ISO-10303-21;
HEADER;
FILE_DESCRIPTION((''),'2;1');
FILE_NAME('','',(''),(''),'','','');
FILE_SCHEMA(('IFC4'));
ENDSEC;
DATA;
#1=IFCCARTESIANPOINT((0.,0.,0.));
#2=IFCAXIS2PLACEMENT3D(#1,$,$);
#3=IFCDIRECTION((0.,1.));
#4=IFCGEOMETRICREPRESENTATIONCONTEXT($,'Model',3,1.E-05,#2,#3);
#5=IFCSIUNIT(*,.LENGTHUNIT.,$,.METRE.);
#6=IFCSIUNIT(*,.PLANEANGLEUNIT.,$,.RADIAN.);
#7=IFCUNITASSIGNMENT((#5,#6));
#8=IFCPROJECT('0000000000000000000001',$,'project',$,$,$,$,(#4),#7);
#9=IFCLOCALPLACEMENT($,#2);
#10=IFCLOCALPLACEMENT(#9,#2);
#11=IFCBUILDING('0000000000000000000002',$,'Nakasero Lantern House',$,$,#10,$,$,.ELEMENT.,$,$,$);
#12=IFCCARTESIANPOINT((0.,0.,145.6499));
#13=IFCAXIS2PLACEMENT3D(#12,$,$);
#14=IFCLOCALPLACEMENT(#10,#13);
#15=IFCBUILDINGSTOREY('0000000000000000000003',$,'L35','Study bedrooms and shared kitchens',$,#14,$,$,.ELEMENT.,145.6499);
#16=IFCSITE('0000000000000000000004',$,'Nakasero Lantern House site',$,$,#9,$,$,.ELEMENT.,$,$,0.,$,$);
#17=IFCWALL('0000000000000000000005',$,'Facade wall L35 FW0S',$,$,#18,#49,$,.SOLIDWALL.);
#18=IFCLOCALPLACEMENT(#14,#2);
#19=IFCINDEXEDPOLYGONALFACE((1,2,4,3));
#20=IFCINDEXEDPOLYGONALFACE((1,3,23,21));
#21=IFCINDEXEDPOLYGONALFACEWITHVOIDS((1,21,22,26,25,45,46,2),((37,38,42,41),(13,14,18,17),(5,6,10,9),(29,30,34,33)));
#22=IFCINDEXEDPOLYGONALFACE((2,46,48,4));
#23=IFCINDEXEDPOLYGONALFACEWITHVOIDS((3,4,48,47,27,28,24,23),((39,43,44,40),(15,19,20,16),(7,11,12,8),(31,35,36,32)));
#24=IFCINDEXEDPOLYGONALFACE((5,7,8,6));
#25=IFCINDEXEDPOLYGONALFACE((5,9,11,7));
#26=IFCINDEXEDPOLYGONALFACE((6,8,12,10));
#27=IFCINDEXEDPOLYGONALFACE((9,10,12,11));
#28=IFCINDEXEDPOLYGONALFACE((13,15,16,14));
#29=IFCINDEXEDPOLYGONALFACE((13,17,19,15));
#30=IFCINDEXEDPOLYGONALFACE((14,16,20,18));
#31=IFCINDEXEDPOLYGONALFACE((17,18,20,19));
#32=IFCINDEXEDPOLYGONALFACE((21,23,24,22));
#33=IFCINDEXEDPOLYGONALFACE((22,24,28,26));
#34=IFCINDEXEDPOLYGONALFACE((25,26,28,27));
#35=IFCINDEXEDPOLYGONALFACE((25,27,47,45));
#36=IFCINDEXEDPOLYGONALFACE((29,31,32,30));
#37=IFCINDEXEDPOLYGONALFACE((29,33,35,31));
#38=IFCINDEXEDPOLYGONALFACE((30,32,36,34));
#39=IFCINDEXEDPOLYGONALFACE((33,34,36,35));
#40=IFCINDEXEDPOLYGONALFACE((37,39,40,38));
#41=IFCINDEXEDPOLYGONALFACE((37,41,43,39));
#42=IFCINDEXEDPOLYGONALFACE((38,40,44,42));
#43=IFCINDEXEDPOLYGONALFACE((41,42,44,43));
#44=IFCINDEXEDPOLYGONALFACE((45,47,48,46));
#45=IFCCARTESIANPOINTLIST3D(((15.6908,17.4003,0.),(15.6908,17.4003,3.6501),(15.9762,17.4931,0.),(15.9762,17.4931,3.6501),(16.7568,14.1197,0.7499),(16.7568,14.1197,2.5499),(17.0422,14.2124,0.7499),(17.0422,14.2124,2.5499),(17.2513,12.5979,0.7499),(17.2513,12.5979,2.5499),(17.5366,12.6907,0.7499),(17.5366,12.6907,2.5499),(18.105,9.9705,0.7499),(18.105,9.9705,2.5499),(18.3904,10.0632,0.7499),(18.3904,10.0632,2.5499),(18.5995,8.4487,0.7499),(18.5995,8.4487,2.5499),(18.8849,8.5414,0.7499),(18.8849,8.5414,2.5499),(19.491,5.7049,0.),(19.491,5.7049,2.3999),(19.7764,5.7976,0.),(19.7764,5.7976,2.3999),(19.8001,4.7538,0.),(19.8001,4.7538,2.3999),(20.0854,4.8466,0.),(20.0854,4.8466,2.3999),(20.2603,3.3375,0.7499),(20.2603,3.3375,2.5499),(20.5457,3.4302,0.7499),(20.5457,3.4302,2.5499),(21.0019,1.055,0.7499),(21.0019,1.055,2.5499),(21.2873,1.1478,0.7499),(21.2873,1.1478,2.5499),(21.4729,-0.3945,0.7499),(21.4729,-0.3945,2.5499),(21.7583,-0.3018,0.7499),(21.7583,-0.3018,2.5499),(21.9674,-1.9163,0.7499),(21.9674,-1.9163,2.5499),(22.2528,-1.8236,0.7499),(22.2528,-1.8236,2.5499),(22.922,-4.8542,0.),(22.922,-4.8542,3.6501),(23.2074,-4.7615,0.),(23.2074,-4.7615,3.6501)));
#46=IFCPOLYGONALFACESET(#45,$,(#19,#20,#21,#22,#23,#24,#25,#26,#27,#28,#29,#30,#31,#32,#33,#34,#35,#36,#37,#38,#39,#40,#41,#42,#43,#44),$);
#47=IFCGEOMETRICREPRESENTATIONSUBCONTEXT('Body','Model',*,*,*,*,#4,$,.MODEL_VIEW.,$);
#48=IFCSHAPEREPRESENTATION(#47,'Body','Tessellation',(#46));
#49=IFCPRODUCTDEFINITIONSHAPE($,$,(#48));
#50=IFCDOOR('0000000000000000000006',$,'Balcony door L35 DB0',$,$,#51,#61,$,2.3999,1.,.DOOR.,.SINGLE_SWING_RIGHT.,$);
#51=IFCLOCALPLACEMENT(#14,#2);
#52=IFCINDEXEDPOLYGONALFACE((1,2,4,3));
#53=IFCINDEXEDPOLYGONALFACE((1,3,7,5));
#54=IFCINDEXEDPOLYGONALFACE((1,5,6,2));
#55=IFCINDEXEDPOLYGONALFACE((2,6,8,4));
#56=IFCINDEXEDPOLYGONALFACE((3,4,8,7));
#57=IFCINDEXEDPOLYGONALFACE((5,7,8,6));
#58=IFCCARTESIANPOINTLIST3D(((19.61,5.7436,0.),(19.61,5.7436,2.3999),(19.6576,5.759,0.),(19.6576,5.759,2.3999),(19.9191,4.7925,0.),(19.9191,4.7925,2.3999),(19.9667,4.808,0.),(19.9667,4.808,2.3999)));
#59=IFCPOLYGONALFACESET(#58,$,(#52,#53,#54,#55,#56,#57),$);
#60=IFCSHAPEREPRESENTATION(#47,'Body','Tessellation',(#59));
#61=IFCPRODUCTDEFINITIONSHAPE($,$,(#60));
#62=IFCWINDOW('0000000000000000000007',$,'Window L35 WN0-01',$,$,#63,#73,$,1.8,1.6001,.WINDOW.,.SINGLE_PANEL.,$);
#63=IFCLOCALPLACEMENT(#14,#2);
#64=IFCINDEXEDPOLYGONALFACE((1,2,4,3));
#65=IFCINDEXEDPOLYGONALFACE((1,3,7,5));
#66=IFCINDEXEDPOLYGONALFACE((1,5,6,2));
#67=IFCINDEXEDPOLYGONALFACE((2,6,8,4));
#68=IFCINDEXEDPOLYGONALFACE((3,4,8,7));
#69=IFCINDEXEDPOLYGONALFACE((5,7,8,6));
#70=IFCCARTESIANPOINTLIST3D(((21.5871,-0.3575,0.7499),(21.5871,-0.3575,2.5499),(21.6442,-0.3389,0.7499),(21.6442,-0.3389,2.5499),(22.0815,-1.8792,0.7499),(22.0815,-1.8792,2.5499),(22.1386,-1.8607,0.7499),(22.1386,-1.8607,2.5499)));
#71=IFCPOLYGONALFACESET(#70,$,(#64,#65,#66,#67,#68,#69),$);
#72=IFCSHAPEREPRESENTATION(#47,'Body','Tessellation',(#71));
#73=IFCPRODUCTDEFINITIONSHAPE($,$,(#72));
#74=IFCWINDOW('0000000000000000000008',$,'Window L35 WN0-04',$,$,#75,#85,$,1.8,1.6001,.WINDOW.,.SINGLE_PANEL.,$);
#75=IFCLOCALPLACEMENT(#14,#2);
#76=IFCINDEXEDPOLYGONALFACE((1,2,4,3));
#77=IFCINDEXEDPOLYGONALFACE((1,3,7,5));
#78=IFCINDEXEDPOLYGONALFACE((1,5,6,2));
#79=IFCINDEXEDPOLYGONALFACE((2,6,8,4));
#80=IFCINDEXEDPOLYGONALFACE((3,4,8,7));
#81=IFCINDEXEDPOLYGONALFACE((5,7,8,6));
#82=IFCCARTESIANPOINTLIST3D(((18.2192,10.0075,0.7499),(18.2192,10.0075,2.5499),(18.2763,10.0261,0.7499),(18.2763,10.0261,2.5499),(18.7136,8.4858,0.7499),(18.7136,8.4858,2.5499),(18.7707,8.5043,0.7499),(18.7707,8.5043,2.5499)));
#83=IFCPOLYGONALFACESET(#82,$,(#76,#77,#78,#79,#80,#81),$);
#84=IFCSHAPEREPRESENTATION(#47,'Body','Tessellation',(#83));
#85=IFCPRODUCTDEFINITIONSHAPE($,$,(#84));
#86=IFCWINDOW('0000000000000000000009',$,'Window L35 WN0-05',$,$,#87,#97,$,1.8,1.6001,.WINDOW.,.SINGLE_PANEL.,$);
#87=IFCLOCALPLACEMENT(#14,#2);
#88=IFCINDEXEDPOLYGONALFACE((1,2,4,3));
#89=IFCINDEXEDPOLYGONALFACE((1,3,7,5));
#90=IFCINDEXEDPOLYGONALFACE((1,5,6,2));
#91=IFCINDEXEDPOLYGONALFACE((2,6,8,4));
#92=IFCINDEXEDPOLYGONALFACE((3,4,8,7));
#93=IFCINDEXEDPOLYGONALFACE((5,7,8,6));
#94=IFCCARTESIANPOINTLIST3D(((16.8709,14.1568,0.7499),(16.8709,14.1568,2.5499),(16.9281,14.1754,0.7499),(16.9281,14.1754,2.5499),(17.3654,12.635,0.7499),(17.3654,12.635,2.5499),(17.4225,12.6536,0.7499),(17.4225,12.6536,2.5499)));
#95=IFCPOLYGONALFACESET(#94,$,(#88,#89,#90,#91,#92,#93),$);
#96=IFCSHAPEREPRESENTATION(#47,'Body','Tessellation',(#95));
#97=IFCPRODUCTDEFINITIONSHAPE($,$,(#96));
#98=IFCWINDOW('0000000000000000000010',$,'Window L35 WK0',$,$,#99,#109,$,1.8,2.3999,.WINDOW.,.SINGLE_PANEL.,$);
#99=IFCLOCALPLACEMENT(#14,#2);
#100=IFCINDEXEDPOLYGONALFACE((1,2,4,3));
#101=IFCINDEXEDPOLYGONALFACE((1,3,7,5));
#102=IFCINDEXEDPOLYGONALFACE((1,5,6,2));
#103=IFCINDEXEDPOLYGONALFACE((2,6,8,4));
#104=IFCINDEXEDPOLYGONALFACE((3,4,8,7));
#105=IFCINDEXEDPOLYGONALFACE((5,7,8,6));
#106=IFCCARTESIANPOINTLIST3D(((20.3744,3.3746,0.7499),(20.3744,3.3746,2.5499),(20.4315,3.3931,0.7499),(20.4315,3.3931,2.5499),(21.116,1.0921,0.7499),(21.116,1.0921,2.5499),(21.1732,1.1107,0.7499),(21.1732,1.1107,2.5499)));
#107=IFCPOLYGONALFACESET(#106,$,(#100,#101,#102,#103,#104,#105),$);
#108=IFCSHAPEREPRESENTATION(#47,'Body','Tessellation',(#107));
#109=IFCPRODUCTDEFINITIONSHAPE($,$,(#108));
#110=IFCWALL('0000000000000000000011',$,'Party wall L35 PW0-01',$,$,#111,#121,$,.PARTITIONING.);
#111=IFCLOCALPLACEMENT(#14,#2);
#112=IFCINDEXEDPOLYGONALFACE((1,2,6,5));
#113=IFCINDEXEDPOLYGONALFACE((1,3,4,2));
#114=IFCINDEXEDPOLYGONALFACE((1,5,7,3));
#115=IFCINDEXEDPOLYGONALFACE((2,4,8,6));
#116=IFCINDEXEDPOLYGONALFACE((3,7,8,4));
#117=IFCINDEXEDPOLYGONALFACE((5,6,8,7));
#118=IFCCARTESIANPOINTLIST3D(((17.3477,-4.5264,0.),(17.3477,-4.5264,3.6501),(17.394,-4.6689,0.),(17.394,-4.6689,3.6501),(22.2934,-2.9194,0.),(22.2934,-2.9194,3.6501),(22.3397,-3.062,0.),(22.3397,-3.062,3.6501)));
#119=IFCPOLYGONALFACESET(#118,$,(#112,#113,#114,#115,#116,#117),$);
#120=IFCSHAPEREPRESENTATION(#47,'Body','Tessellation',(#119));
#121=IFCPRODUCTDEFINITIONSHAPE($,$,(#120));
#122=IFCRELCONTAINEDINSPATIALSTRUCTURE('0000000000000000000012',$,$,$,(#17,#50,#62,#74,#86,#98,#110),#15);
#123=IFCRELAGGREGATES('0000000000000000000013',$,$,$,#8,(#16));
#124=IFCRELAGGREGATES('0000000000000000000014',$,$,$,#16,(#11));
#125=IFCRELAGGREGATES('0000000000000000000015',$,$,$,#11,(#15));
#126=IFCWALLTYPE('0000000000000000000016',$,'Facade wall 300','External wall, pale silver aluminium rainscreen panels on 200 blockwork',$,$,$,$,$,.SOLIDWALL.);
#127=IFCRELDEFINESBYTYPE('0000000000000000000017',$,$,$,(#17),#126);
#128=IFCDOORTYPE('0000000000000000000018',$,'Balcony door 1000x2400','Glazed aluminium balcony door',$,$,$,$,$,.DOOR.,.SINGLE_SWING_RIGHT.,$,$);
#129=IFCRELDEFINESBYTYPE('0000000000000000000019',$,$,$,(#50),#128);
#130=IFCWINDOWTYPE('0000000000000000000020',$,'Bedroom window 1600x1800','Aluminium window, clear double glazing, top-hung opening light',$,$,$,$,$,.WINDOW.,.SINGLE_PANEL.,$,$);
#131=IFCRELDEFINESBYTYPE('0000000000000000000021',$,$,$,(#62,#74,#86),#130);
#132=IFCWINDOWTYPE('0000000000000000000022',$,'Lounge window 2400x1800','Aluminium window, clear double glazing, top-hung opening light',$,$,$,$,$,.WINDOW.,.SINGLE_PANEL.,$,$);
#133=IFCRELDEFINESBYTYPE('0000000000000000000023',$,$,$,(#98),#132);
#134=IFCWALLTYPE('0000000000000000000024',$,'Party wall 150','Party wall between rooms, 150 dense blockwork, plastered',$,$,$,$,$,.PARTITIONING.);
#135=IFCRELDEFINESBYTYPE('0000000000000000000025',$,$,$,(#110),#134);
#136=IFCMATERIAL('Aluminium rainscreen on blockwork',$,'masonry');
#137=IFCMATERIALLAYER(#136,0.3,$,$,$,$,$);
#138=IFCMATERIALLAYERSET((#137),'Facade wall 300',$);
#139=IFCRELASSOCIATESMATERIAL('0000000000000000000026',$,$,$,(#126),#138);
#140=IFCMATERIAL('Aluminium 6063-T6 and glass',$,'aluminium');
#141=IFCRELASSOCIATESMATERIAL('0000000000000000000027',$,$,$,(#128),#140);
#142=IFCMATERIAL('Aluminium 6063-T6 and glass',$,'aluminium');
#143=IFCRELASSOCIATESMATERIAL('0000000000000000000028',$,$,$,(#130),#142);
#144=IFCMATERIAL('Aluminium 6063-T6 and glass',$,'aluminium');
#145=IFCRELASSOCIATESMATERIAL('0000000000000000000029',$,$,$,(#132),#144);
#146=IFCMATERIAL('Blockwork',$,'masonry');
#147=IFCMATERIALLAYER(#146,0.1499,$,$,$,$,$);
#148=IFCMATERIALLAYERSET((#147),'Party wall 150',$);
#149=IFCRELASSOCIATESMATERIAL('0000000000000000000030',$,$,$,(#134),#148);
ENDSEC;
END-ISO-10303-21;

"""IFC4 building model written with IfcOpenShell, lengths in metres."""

from ifc_helpers import new_model, si_unit, direction, frame, frame_2d, origin, place, context, subcontext, project, spatial, rectangle, extrude, material, layer, layer_set, type_object, element, fill, save


model = new_model("IFC4")

# Units and contexts
model_context = context("Model", 3, precision=1e-05, world=origin(), true_north=direction((0.0, 1.0)))
body_context = subcontext(model_context, "Body", "Model", "MODEL_VIEW")
ifc_project = project(units=[si_unit("LENGTHUNIT", "METRE"), si_unit("PLANEANGLEUNIT", "RADIAN")], contexts=[model_context])

# Site, building, storey
site_placement = place(None, origin())
site = spatial("IfcSite", under=ifc_project, at=site_placement, Name="Nakasero Lantern House site", CompositionType="ELEMENT", RefElevation=0.0)
building_placement = place(site_placement, origin())
building = spatial("IfcBuilding", under=site, at=building_placement, Name="Nakasero Lantern House", CompositionType="ELEMENT")
storey_placement = place(building_placement, frame((0.0, 0.0, 145.6499)))
storey = spatial("IfcBuildingStorey", under=building, at=storey_placement, Name="L35", Description="Study bedrooms and shared kitchens", CompositionType="ELEMENT", Elevation=145.6499)

# Wall, openings, door, windows
ifc_material_1 = material(Name="Aluminium rainscreen on blockwork", Category="masonry")
ifc_layer_1 = layer(ifc_material_1, 0.3)
ifc_layer_set_1 = layer_set([ifc_layer_1], Name="Facade wall 300")
wall_type_1 = type_object("IfcWallType", Name="Facade wall 300", Description="External wall, pale silver aluminium rainscreen panels on 200 blockwork", PredefinedType="SOLIDWALL", material=ifc_layer_set_1)
wall_1_placement = place(storey_placement, frame((23.0647, -4.8079, 0.0), z_axis=(0.0, 0.0, 1.0), x_axis=(-0.309026, 0.951054, 0.0)))
wall_1 = element("IfcWall", 1, at=wall_1_placement, inside=storey, type_object=wall_type_1, Name="Facade wall L35 FW0S", PredefinedType="SOLIDWALL", context=body_context, shape_type="SweptSolid", body=[
    extrude(rectangle(XDim=23.3999, YDim=0.3, at=frame_2d((11.7, 0.0))), origin(), (0.0, 0.0, 1.0), 3.6501),
])
opening_1_placement = place(wall_1_placement, frame((3.0891, 0.0, 0.75)))
opening_1 = element("IfcOpeningElement", 2, at=opening_1_placement, cuts=wall_1, PredefinedType="OPENING", context=body_context, shape_type="SweptSolid", body=[
    extrude(rectangle(XDim=1.6001, YDim=1.8, at=frame_2d((0.8, 0.8999))), frame((0.0, 0.1699, 0.0), z_axis=(0.0, -1.0, 0.0), x_axis=(1.0, 0.0, 0.0)), (0.0, 0.0, 1.0), 0.3401),
])
opening_2_placement = place(wall_1_placement, frame((13.9875, 0.0, 0.75)))
opening_2 = element("IfcOpeningElement", 3, at=opening_2_placement, cuts=wall_1, PredefinedType="OPENING", context=body_context, shape_type="SweptSolid", body=[
    extrude(rectangle(XDim=1.6001, YDim=1.8, at=frame_2d((0.8, 0.8999))), frame((0.0, 0.1699, 0.0), z_axis=(0.0, -1.0, 0.0), x_axis=(1.0, 0.0, 0.0)), (0.0, 0.0, 1.0), 0.3401),
])
opening_3_placement = place(wall_1_placement, frame((18.3503, 0.0, 0.75)))
opening_3 = element("IfcOpeningElement", 4, at=opening_3_placement, cuts=wall_1, PredefinedType="OPENING", context=body_context, shape_type="SweptSolid", body=[
    extrude(rectangle(XDim=1.6001, YDim=1.8, at=frame_2d((0.8, 0.8999))), frame((0.0, 0.1699, 0.0), z_axis=(0.0, -1.0, 0.0), x_axis=(1.0, 0.0, 0.0)), (0.0, 0.0, 1.0), 0.3401),
])
opening_4_placement = place(wall_1_placement, frame((6.2134, 0.0, 0.75)))
opening_4 = element("IfcOpeningElement", 5, at=opening_4_placement, cuts=wall_1, PredefinedType="OPENING", context=body_context, shape_type="SweptSolid", body=[
    extrude(rectangle(XDim=2.3999, YDim=1.8, at=frame_2d((1.2, 0.8999))), frame((0.0, 0.1699, 0.0), z_axis=(0.0, -1.0, 0.0), x_axis=(1.0, 0.0, 0.0)), (0.0, 0.0, 1.0), 0.3401),
])
opening_5_placement = place(wall_1_placement, frame((10.1025, 0.0, 0.0)))
opening_5 = element("IfcOpeningElement", 6, at=opening_5_placement, cuts=wall_1, PredefinedType="OPENING", context=body_context, shape_type="SweptSolid", body=[
    extrude(rectangle(XDim=1.0, YDim=2.3999, at=frame_2d((0.5, 1.2))), frame((0.0, 0.1699, 0.0), z_axis=(0.0, -1.0, 0.0), x_axis=(1.0, 0.0, 0.0)), (0.0, 0.0, 1.0), 0.3401),
])
ifc_material_2 = material(Name="Aluminium 6063-T6 and glass", Category="aluminium")
door_type_1 = type_object("IfcDoorType", Name="Balcony door 1000x2400", Description="Glazed aluminium balcony door", OperationType="SINGLE_SWING_RIGHT", PredefinedType="DOOR", material=ifc_material_2)
door_1_placement = place(opening_5_placement, origin())
door_1 = element("IfcDoor", 7, at=door_1_placement, inside=storey, type_object=door_type_1, Name="Balcony door L35 DB0", OperationType="SINGLE_SWING_RIGHT", OverallHeight=2.3999, OverallWidth=1.0, PredefinedType="DOOR", context=body_context, shape_type="SweptSolid", body=[
    extrude(rectangle(XDim=1.0, YDim=2.3999, at=frame_2d((0.5, 1.2))), frame((0.0, 0.0249, 0.0), z_axis=(0.0, -1.0, 0.0), x_axis=(1.0, 0.0, 0.0)), (0.0, 0.0, 1.0), 0.05),
])
fill(opening_5, door_1)
ifc_material_3 = material(Name="Aluminium 6063-T6 and glass", Category="aluminium")
window_type_1 = type_object("IfcWindowType", Name="Bedroom window 1600x1800", Description="Aluminium window, clear double glazing, top-hung opening light", PartitioningType="SINGLE_PANEL", PredefinedType="WINDOW", material=ifc_material_3)
window_1_placement = place(opening_1_placement, origin())
window_1 = element("IfcWindow", 8, at=window_1_placement, inside=storey, type_object=window_type_1, Name="Window L35 WN0-01", OverallHeight=1.8, OverallWidth=1.6001, PartitioningType="SINGLE_PANEL", PredefinedType="WINDOW", context=body_context, shape_type="SweptSolid", body=[
    extrude(rectangle(XDim=1.6001, YDim=1.8, at=frame_2d((0.8, 0.8999))), frame((0.0, 0.03, 0.0), z_axis=(0.0, -1.0, 0.0), x_axis=(1.0, 0.0, 0.0)), (0.0, 0.0, 1.0), 0.0601),
])
fill(opening_1, window_1)
window_2_placement = place(opening_2_placement, origin())
window_2 = element("IfcWindow", 9, at=window_2_placement, inside=storey, type_object=window_type_1, Name="Window L35 WN0-04", OverallHeight=1.8, OverallWidth=1.6001, PartitioningType="SINGLE_PANEL", PredefinedType="WINDOW", context=body_context, shape_type="SweptSolid", body=[
    extrude(rectangle(XDim=1.6001, YDim=1.8, at=frame_2d((0.8, 0.8999))), frame((0.0, 0.03, 0.0), z_axis=(0.0, -1.0, 0.0), x_axis=(1.0, 0.0, 0.0)), (0.0, 0.0, 1.0), 0.0601),
])
fill(opening_2, window_2)
window_3_placement = place(opening_3_placement, origin())
window_3 = element("IfcWindow", 10, at=window_3_placement, inside=storey, type_object=window_type_1, Name="Window L35 WN0-05", OverallHeight=1.8, OverallWidth=1.6001, PartitioningType="SINGLE_PANEL", PredefinedType="WINDOW", context=body_context, shape_type="SweptSolid", body=[
    extrude(rectangle(XDim=1.6001, YDim=1.8, at=frame_2d((0.8, 0.8999))), frame((0.0, 0.03, 0.0), z_axis=(0.0, -1.0, 0.0), x_axis=(1.0, 0.0, 0.0)), (0.0, 0.0, 1.0), 0.0601),
])
fill(opening_3, window_3)
ifc_material_4 = material(Name="Aluminium 6063-T6 and glass", Category="aluminium")
window_type_2 = type_object("IfcWindowType", Name="Lounge window 2400x1800", Description="Aluminium window, clear double glazing, top-hung opening light", PartitioningType="SINGLE_PANEL", PredefinedType="WINDOW", material=ifc_material_4)
window_4_placement = place(opening_4_placement, origin())
window_4 = element("IfcWindow", 11, at=window_4_placement, inside=storey, type_object=window_type_2, Name="Window L35 WK0", OverallHeight=1.8, OverallWidth=2.3999, PartitioningType="SINGLE_PANEL", PredefinedType="WINDOW", context=body_context, shape_type="SweptSolid", body=[
    extrude(rectangle(XDim=2.3999, YDim=1.8, at=frame_2d((1.2, 0.8999))), frame((0.0, 0.03, 0.0), z_axis=(0.0, -1.0, 0.0), x_axis=(1.0, 0.0, 0.0)), (0.0, 0.0, 1.0), 0.0601),
])
fill(opening_4, window_4)

# Wall
ifc_material_5 = material(Name="Blockwork", Category="masonry")
ifc_layer_2 = layer(ifc_material_5, 0.1499)
ifc_layer_set_2 = layer_set([ifc_layer_2], Name="Party wall 150")
wall_type_2 = type_object("IfcWallType", Name="Party wall 150", Description="Party wall between rooms, 150 dense blockwork, plastered", PredefinedType="PARTITIONING", material=ifc_layer_set_2)
wall_2_placement = place(storey_placement, frame((17.3708, -4.5977, 0.0), z_axis=(0.0, 0.0, 1.0), x_axis=(0.951055, 0.309021, 0.0)))
element("IfcWall", 12, at=wall_2_placement, inside=storey, type_object=wall_type_2, Name="Party wall L35 PW0-01", PredefinedType="PARTITIONING", context=body_context, shape_type="SweptSolid", body=[
    extrude(rectangle(XDim=5.2002, YDim=0.1499, at=frame_2d((2.6001, 0.0))), origin(), (0.0, 0.0, 1.0), 3.6501),
])

save(model, "model.ifc")
